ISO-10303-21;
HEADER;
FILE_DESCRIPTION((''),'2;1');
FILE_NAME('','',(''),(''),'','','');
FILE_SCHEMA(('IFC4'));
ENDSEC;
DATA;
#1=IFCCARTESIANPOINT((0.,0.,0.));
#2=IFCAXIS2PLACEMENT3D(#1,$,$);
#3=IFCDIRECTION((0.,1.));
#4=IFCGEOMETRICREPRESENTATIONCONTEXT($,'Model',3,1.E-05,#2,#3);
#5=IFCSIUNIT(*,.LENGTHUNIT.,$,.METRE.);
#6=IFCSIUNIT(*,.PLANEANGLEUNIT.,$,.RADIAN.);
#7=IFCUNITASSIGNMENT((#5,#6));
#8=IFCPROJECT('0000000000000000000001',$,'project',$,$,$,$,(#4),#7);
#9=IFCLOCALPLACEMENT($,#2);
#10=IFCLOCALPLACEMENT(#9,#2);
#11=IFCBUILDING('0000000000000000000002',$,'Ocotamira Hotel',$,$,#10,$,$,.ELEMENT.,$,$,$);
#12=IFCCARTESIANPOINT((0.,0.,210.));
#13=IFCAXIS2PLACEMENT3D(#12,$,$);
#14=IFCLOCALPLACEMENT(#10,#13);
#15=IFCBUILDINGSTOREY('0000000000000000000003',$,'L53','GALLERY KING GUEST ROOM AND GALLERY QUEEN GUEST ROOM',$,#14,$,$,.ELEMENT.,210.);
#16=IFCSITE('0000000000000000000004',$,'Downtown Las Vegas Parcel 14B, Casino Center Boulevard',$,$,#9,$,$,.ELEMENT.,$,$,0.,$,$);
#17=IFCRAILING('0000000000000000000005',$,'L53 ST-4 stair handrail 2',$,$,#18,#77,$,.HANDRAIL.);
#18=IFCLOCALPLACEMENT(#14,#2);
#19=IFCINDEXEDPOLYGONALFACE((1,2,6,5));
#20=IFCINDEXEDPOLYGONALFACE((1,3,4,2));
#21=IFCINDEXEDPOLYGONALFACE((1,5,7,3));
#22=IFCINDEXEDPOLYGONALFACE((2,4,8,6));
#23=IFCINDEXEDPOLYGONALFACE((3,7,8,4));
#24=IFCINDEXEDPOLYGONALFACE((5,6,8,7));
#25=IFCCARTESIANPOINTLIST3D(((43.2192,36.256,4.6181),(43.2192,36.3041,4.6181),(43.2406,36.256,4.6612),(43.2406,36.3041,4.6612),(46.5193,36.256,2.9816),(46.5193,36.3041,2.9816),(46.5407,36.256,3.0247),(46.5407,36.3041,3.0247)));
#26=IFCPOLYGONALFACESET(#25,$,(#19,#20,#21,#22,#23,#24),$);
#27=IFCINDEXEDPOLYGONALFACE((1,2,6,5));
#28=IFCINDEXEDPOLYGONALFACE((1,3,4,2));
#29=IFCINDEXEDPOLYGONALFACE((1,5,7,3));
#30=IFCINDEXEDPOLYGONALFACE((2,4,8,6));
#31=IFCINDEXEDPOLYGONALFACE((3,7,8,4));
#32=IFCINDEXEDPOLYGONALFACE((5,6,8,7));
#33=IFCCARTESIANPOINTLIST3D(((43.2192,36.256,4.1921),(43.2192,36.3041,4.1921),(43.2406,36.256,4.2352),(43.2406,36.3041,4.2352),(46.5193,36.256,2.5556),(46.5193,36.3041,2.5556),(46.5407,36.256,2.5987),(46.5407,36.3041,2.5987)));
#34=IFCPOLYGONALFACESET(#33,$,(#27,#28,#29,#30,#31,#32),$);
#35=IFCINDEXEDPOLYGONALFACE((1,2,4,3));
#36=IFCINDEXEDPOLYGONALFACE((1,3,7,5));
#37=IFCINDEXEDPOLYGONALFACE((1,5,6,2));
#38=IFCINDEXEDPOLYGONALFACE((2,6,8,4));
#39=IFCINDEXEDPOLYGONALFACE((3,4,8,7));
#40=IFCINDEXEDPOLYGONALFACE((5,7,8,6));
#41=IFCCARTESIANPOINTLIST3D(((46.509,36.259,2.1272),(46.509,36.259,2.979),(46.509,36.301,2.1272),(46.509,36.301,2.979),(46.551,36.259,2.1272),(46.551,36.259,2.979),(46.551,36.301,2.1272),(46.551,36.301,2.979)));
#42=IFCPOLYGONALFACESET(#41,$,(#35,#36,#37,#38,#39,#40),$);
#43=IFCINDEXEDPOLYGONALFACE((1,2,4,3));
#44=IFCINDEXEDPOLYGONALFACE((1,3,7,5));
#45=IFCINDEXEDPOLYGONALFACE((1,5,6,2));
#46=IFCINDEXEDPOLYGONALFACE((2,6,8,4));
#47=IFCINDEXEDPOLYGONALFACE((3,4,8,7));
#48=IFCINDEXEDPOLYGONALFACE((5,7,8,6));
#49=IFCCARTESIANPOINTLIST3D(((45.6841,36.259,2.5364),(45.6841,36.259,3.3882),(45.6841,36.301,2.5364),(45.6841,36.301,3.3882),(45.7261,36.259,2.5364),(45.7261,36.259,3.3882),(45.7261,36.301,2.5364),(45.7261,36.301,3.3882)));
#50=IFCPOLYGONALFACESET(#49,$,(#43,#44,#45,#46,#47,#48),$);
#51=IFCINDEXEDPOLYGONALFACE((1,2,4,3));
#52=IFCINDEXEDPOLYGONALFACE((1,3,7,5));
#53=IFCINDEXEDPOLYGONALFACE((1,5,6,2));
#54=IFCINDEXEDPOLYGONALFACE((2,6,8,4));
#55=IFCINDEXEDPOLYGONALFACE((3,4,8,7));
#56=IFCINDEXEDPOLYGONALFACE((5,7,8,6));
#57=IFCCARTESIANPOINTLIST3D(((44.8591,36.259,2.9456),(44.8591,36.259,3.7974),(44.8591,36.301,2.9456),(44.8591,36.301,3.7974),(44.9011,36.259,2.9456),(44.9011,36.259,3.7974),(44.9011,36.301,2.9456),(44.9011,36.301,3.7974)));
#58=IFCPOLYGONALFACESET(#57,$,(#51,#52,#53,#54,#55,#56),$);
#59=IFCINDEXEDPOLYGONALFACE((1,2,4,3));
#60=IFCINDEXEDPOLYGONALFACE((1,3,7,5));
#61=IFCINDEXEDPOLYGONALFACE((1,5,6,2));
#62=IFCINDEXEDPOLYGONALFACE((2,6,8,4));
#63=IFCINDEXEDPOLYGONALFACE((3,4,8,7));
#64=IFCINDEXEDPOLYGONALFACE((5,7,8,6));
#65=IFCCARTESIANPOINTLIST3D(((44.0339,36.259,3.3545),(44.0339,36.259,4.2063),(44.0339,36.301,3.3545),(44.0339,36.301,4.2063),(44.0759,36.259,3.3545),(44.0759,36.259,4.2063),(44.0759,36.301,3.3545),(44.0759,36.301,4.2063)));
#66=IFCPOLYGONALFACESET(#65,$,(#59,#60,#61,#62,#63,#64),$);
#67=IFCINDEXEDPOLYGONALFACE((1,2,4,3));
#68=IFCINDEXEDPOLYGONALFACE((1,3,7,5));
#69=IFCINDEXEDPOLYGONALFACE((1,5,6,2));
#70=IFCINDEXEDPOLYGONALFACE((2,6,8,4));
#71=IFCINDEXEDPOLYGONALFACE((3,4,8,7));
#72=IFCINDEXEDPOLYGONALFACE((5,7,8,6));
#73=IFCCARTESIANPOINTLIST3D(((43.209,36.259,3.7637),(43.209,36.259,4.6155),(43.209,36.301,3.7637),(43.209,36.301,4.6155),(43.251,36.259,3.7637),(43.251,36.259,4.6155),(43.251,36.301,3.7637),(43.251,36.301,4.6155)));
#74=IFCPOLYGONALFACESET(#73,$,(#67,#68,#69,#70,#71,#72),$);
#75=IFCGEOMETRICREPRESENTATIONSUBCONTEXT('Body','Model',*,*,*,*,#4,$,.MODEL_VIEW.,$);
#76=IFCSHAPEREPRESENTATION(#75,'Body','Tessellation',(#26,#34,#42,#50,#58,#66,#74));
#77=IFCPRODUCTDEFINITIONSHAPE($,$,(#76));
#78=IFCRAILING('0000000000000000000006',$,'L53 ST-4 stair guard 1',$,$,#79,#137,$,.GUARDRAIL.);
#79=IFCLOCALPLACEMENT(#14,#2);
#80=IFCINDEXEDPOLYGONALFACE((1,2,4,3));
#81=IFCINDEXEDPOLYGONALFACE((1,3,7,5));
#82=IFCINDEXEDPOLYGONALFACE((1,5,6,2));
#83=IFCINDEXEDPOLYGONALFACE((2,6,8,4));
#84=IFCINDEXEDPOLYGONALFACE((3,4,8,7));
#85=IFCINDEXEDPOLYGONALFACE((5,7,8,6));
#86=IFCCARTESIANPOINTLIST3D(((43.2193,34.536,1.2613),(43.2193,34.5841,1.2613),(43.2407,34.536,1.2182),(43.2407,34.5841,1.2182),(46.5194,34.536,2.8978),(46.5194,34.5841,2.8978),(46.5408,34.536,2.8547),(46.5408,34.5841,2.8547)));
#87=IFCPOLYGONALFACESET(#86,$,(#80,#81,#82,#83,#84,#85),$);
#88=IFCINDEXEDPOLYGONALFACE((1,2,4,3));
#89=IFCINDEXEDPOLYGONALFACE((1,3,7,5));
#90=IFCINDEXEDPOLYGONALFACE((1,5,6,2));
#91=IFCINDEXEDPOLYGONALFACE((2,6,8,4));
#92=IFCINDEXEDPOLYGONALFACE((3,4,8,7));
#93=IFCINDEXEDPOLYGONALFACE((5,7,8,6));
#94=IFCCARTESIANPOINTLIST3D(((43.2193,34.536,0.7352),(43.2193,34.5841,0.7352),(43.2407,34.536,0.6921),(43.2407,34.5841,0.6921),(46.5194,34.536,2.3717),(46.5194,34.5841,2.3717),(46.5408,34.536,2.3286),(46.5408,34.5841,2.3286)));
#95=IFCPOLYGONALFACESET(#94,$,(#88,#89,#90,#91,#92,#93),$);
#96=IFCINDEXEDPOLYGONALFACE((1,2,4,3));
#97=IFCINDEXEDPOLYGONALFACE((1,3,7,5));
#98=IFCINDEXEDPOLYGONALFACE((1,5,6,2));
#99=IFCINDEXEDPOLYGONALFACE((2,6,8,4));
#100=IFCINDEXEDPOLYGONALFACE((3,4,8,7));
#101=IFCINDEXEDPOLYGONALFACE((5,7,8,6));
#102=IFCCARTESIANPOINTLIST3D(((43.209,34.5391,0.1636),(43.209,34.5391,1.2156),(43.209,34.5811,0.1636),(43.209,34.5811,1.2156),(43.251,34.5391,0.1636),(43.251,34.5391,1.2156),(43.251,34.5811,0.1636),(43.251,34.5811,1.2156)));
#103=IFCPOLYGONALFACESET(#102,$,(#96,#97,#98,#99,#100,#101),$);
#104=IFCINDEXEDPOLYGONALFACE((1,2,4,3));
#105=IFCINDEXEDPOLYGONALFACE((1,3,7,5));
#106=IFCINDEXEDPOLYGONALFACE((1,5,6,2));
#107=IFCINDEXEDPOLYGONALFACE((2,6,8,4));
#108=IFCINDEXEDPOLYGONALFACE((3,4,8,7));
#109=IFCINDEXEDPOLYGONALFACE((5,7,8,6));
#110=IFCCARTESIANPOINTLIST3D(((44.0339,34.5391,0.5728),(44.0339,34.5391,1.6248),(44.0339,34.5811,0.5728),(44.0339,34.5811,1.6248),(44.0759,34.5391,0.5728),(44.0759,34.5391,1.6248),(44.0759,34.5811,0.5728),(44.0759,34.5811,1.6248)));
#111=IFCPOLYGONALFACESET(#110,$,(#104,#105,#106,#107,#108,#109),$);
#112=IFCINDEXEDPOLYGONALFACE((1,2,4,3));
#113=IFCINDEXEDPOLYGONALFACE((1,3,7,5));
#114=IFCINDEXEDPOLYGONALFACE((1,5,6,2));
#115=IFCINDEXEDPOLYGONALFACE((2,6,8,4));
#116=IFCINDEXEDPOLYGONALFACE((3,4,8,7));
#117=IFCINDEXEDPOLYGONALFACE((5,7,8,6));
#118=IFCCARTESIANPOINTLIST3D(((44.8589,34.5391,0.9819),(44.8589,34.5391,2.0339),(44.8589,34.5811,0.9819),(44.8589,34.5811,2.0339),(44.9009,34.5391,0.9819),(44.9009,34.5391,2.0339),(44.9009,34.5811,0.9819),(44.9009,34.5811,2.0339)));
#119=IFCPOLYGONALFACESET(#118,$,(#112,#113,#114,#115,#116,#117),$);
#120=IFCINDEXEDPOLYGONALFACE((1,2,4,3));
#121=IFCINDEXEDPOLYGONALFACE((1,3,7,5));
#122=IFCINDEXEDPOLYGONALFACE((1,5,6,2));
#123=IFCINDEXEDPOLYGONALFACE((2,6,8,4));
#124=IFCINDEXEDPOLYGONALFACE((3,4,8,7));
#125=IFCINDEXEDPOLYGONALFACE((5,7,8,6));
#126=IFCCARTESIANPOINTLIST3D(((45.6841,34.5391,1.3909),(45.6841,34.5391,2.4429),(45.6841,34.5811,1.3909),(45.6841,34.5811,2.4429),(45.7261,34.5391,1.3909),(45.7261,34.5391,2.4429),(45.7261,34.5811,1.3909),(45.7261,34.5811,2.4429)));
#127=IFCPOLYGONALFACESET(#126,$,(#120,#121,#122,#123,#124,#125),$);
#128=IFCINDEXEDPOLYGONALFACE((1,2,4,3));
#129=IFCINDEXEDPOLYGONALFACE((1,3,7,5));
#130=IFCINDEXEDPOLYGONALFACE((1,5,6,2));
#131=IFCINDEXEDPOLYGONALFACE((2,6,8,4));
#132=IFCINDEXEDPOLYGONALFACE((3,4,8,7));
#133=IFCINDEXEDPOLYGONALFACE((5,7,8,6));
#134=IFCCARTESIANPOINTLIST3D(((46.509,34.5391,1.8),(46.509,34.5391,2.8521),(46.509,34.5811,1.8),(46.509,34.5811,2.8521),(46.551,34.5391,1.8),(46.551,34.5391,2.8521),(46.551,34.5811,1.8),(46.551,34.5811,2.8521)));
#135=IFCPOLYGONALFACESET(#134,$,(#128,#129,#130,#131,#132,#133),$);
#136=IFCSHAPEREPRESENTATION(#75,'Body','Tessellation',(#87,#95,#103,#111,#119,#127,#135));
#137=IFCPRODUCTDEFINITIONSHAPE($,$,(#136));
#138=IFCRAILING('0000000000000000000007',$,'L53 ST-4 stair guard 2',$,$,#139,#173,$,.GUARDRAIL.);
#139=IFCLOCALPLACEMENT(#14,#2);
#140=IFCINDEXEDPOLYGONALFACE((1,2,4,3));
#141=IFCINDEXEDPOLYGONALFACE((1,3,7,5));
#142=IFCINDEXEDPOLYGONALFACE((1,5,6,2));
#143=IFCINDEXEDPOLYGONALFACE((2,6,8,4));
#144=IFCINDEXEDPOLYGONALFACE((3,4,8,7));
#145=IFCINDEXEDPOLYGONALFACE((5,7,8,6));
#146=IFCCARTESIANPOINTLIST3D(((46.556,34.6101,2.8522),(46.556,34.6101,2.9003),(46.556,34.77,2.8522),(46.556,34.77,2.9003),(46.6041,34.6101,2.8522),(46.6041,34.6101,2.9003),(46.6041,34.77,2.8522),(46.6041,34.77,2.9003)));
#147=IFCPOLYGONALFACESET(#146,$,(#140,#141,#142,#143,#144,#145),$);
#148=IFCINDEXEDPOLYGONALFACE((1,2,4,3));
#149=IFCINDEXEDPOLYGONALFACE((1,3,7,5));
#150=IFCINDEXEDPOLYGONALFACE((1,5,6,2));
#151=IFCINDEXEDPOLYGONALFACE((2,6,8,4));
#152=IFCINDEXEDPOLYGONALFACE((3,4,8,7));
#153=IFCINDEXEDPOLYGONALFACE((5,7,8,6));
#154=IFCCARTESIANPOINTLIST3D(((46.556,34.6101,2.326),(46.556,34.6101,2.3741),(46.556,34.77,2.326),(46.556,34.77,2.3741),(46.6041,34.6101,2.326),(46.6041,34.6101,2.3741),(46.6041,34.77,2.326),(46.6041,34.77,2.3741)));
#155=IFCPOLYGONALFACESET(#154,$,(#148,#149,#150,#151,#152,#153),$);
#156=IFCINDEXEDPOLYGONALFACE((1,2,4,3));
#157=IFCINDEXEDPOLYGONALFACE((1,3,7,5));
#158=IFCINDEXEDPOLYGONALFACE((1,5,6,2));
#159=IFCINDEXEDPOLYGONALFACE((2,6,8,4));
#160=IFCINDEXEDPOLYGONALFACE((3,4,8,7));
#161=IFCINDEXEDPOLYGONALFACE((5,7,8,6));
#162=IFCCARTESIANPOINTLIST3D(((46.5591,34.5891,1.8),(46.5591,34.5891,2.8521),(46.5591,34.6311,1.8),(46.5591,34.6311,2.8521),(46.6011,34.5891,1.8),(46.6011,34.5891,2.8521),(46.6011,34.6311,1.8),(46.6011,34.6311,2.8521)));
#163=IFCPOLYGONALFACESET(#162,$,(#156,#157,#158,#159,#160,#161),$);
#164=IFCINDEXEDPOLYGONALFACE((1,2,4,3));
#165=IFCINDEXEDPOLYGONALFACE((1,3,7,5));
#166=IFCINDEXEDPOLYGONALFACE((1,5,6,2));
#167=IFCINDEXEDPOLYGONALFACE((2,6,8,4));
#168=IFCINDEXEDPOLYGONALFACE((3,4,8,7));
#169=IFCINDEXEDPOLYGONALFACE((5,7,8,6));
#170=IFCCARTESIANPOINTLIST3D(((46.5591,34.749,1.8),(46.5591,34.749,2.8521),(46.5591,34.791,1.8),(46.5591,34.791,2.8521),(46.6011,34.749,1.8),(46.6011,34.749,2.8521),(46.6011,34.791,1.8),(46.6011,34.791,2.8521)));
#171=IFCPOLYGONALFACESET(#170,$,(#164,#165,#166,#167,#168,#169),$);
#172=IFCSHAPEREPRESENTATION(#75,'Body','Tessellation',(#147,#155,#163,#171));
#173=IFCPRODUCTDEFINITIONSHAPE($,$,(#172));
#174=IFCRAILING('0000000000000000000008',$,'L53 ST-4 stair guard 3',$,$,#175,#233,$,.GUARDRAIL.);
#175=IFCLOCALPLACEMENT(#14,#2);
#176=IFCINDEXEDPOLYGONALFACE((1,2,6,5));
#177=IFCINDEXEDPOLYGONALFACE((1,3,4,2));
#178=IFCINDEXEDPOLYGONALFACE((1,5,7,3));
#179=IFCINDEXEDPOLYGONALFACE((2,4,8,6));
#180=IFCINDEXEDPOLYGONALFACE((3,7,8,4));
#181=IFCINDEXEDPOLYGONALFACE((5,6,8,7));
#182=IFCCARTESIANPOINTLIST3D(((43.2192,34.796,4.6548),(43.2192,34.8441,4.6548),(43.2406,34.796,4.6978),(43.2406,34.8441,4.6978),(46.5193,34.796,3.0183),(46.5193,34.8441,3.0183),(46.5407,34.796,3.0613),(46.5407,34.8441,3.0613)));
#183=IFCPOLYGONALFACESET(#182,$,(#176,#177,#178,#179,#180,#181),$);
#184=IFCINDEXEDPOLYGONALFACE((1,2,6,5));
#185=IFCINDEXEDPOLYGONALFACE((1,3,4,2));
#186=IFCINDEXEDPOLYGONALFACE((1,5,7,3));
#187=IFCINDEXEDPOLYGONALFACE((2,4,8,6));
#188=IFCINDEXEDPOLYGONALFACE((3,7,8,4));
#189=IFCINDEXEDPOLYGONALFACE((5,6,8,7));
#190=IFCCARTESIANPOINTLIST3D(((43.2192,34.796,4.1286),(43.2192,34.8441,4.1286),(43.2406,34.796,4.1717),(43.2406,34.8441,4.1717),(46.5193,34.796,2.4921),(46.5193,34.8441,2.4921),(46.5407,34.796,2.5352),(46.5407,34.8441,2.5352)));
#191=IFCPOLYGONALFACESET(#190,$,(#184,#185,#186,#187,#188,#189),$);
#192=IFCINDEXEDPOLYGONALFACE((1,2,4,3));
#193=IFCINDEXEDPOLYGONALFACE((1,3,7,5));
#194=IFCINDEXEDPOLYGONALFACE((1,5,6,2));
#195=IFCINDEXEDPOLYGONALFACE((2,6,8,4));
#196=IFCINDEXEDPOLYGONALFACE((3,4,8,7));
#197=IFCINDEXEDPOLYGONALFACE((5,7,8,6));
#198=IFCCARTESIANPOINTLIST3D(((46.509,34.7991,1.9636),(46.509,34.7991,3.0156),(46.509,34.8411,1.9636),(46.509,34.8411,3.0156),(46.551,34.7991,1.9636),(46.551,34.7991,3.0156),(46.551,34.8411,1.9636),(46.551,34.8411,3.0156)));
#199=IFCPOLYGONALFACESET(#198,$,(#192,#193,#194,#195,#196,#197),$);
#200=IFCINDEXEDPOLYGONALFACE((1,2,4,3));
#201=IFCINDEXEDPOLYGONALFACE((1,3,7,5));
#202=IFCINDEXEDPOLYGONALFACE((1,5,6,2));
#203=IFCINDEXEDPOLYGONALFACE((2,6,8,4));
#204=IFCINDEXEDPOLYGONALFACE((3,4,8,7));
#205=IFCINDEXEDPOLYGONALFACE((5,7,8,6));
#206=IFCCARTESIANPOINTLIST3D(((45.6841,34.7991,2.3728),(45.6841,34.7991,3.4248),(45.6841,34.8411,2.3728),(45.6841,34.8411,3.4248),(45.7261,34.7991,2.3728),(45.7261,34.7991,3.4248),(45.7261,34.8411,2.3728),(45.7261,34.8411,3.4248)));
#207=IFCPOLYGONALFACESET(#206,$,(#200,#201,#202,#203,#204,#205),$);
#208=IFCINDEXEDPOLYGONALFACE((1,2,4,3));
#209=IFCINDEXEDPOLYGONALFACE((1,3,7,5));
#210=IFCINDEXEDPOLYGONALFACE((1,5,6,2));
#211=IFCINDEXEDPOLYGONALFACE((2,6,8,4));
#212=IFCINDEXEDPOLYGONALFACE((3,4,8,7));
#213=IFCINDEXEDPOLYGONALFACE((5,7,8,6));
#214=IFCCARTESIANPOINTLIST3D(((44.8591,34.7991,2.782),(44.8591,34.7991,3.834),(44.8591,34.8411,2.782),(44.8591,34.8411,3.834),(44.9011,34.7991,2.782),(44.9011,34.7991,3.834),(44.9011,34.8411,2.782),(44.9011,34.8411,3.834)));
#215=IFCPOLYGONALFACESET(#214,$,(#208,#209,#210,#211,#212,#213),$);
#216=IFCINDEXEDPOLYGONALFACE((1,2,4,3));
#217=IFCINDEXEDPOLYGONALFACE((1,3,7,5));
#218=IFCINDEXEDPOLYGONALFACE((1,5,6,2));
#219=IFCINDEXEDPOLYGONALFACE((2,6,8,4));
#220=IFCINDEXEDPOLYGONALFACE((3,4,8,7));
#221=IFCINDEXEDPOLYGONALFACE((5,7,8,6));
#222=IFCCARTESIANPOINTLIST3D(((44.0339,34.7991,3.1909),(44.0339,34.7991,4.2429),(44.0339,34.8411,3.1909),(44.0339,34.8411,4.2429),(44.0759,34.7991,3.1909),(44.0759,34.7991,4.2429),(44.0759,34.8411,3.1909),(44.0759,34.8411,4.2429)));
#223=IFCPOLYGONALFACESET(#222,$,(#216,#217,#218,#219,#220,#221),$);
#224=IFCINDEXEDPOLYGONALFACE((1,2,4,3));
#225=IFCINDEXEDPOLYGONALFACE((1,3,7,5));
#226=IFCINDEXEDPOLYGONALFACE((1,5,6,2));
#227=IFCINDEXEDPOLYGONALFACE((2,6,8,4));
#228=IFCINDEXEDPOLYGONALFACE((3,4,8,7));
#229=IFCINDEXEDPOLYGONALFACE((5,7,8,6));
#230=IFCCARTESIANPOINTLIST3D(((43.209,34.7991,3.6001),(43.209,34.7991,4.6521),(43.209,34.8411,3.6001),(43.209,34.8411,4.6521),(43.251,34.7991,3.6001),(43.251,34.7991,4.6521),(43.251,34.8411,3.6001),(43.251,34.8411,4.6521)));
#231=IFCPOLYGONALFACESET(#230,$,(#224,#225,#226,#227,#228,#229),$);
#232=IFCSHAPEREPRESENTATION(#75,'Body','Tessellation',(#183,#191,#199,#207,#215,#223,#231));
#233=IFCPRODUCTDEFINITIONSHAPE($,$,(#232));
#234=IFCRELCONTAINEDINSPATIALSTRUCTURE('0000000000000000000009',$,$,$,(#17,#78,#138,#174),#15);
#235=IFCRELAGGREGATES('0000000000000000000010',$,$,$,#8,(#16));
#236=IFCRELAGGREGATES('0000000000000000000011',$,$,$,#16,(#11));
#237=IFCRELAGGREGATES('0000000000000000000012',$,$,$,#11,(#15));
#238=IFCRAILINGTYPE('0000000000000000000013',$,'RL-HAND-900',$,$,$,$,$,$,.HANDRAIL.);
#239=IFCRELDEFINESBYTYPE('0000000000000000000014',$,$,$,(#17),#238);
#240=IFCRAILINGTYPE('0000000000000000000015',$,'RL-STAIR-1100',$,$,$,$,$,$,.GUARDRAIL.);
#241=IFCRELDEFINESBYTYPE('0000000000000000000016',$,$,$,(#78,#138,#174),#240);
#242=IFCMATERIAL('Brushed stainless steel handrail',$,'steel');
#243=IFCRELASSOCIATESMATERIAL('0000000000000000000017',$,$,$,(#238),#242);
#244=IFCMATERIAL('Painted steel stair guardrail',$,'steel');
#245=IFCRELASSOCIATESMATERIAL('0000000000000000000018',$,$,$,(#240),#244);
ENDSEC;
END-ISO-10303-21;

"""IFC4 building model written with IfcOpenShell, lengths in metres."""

from ifc_helpers import new_model, si_unit, direction, frame, origin, origin_2d, place, context, subcontext, project, spatial, rectangle, extrude, material, type_object, element, save


model = new_model("IFC4")

# Units and contexts
model_context = context("Model", 3, precision=1e-05, world=origin(), true_north=direction((0.0, 1.0)))
body_context = subcontext(model_context, "Body", "Model", "MODEL_VIEW")
ifc_project = project(units=[si_unit("LENGTHUNIT", "METRE"), si_unit("PLANEANGLEUNIT", "RADIAN")], contexts=[model_context])

# Site, building, storey
site_placement = place(None, origin())
site = spatial("IfcSite", under=ifc_project, at=site_placement, Name="Downtown Las Vegas Parcel 14B, Casino Center Boulevard", CompositionType="ELEMENT", RefElevation=0.0)
building_placement = place(site_placement, origin())
building = spatial("IfcBuilding", under=site, at=building_placement, Name="Ocotamira Hotel", CompositionType="ELEMENT")
storey_placement = place(building_placement, frame((0.0, 0.0, 210.0)))
storey = spatial("IfcBuildingStorey", under=building, at=storey_placement, Name="L53", Description="GALLERY KING GUEST ROOM AND GALLERY QUEEN GUEST ROOM", CompositionType="ELEMENT", Elevation=210.0)

# Railings
ifc_material_1 = material(Name="Brushed stainless steel handrail", Category="steel")
railing_type_1 = type_object("IfcRailingType", Name="RL-HAND-900", PredefinedType="HANDRAIL", material=ifc_material_1)
railing_1_placement = place(storey_placement, frame((46.53, 36.28, 2.1272)))
element("IfcRailing", 1, at=railing_1_placement, inside=storey, type_object=railing_type_1, Name="L53 ST-4 stair handrail 2", PredefinedType="HANDRAIL", context=body_context, shape_type="SweptSolid", body=[
    extrude(rectangle(XDim=0.0481, YDim=0.0481, at=origin_2d()), frame((0.0, 0.0, 0.876), z_axis=(-0.895894, 0.0, 0.444268), x_axis=(0.0, -1.0, 0.0)), (0.0, 0.0, 1.0), 3.6836),
    extrude(rectangle(XDim=0.0481, YDim=0.0481, at=origin_2d()), frame((0.0, 0.0, 0.45), z_axis=(-0.895894, 0.0, 0.444268), x_axis=(0.0, -1.0, 0.0)), (0.0, 0.0, 1.0), 3.6836),
    extrude(rectangle(XDim=0.042, YDim=0.042, at=origin_2d()), origin(), (0.0, 0.0, 1.0), 0.8518),
    extrude(rectangle(XDim=0.042, YDim=0.042, at=origin_2d()), frame((-0.825, 0.0, 0.4092)), (0.0, 0.0, 1.0), 0.8518),
    extrude(rectangle(XDim=0.042, YDim=0.042, at=origin_2d()), frame((-1.6499, 0.0, 0.8184)), (0.0, 0.0, 1.0), 0.8518),
    extrude(rectangle(XDim=0.042, YDim=0.042, at=origin_2d()), frame((-2.4751, 0.0, 1.2273)), (0.0, 0.0, 1.0), 0.8518),
    extrude(rectangle(XDim=0.042, YDim=0.042, at=origin_2d()), frame((-3.3, 0.0, 1.6365)), (0.0, 0.0, 1.0), 0.8518),
])
ifc_material_2 = material(Name="Painted steel stair guardrail", Category="steel")
railing_type_2 = type_object("IfcRailingType", Name="RL-STAIR-1100", PredefinedType="GUARDRAIL", material=ifc_material_2)
railing_2_placement = place(storey_placement, frame((43.23, 34.5601, 0.1636)))
element("IfcRailing", 2, at=railing_2_placement, inside=storey, type_object=railing_type_2, Name="L53 ST-4 stair guard 1", PredefinedType="GUARDRAIL", context=body_context, shape_type="SweptSolid", body=[
    extrude(rectangle(XDim=0.0481, YDim=0.0481, at=origin_2d()), frame((0.0, 0.0, 1.0762), z_axis=(0.895894, 0.0, 0.444268), x_axis=(0.0, 1.0, 0.0)), (0.0, 0.0, 1.0), 3.6836),
    extrude(rectangle(XDim=0.0481, YDim=0.0481, at=origin_2d()), frame((0.0, 0.0, 0.55), z_axis=(0.895894, 0.0, 0.444268), x_axis=(0.0, 1.0, 0.0)), (0.0, 0.0, 1.0), 3.6836),
    extrude(rectangle(XDim=0.042, YDim=0.042, at=origin_2d()), origin(), (0.0, 0.0, 1.0), 1.052),
    extrude(rectangle(XDim=0.042, YDim=0.042, at=origin_2d()), frame((0.825, 0.0, 0.4092)), (0.0, 0.0, 1.0), 1.052),
    extrude(rectangle(XDim=0.042, YDim=0.042, at=origin_2d()), frame((1.6499, 0.0, 0.8184)), (0.0, 0.0, 1.0), 1.052),
    extrude(rectangle(XDim=0.042, YDim=0.042, at=origin_2d()), frame((2.4751, 0.0, 1.2273)), (0.0, 0.0, 1.0), 1.052),
    extrude(rectangle(XDim=0.042, YDim=0.042, at=origin_2d()), frame((3.3, 0.0, 1.6365)), (0.0, 0.0, 1.0), 1.052),
])
railing_3_placement = place(storey_placement, frame((46.5801, 34.6101, 1.8)))
element("IfcRailing", 3, at=railing_3_placement, inside=storey, type_object=railing_type_2, Name="L53 ST-4 stair guard 2", PredefinedType="GUARDRAIL", context=body_context, shape_type="SweptSolid", body=[
    extrude(rectangle(XDim=0.0481, YDim=0.0481, at=origin_2d()), frame((0.0, 0.0, 1.0762), z_axis=(0.0, 1.0, 0.0), x_axis=(-1.0, 0.0, 0.0)), (0.0, 0.0, 1.0), 0.1599),
    extrude(rectangle(XDim=0.0481, YDim=0.0481, at=origin_2d()), frame((0.0, 0.0, 0.55), z_axis=(0.0, 1.0, 0.0), x_axis=(-1.0, 0.0, 0.0)), (0.0, 0.0, 1.0), 0.1599),
    extrude(rectangle(XDim=0.042, YDim=0.042, at=origin_2d()), origin(), (0.0, 0.0, 1.0), 1.052),
    extrude(rectangle(XDim=0.042, YDim=0.042, at=origin_2d()), frame((0.0, 0.1599, 0.0)), (0.0, 0.0, 1.0), 1.052),
])
railing_4_placement = place(storey_placement, frame((46.53, 34.8201, 1.9636)))
element("IfcRailing", 4, at=railing_4_placement, inside=storey, type_object=railing_type_2, Name="L53 ST-4 stair guard 3", PredefinedType="GUARDRAIL", context=body_context, shape_type="SweptSolid", body=[
    extrude(rectangle(XDim=0.0481, YDim=0.0481, at=origin_2d()), frame((0.0, 0.0, 1.0762), z_axis=(-0.895894, 0.0, 0.444268), x_axis=(0.0, -1.0, 0.0)), (0.0, 0.0, 1.0), 3.6836),
    extrude(rectangle(XDim=0.0481, YDim=0.0481, at=origin_2d()), frame((0.0, 0.0, 0.55), z_axis=(-0.895894, 0.0, 0.444268), x_axis=(0.0, -1.0, 0.0)), (0.0, 0.0, 1.0), 3.6836),
    extrude(rectangle(XDim=0.042, YDim=0.042, at=origin_2d()), origin(), (0.0, 0.0, 1.0), 1.052),
    extrude(rectangle(XDim=0.042, YDim=0.042, at=origin_2d()), frame((-0.825, 0.0, 0.4092)), (0.0, 0.0, 1.0), 1.052),
    extrude(rectangle(XDim=0.042, YDim=0.042, at=origin_2d()), frame((-1.6499, 0.0, 0.8184)), (0.0, 0.0, 1.0), 1.052),
    extrude(rectangle(XDim=0.042, YDim=0.042, at=origin_2d()), frame((-2.4751, 0.0, 1.2273)), (0.0, 0.0, 1.0), 1.052),
    extrude(rectangle(XDim=0.042, YDim=0.042, at=origin_2d()), frame((-3.3, 0.0, 1.6365)), (0.0, 0.0, 1.0), 1.052),
])

save(model, "model.ifc")
